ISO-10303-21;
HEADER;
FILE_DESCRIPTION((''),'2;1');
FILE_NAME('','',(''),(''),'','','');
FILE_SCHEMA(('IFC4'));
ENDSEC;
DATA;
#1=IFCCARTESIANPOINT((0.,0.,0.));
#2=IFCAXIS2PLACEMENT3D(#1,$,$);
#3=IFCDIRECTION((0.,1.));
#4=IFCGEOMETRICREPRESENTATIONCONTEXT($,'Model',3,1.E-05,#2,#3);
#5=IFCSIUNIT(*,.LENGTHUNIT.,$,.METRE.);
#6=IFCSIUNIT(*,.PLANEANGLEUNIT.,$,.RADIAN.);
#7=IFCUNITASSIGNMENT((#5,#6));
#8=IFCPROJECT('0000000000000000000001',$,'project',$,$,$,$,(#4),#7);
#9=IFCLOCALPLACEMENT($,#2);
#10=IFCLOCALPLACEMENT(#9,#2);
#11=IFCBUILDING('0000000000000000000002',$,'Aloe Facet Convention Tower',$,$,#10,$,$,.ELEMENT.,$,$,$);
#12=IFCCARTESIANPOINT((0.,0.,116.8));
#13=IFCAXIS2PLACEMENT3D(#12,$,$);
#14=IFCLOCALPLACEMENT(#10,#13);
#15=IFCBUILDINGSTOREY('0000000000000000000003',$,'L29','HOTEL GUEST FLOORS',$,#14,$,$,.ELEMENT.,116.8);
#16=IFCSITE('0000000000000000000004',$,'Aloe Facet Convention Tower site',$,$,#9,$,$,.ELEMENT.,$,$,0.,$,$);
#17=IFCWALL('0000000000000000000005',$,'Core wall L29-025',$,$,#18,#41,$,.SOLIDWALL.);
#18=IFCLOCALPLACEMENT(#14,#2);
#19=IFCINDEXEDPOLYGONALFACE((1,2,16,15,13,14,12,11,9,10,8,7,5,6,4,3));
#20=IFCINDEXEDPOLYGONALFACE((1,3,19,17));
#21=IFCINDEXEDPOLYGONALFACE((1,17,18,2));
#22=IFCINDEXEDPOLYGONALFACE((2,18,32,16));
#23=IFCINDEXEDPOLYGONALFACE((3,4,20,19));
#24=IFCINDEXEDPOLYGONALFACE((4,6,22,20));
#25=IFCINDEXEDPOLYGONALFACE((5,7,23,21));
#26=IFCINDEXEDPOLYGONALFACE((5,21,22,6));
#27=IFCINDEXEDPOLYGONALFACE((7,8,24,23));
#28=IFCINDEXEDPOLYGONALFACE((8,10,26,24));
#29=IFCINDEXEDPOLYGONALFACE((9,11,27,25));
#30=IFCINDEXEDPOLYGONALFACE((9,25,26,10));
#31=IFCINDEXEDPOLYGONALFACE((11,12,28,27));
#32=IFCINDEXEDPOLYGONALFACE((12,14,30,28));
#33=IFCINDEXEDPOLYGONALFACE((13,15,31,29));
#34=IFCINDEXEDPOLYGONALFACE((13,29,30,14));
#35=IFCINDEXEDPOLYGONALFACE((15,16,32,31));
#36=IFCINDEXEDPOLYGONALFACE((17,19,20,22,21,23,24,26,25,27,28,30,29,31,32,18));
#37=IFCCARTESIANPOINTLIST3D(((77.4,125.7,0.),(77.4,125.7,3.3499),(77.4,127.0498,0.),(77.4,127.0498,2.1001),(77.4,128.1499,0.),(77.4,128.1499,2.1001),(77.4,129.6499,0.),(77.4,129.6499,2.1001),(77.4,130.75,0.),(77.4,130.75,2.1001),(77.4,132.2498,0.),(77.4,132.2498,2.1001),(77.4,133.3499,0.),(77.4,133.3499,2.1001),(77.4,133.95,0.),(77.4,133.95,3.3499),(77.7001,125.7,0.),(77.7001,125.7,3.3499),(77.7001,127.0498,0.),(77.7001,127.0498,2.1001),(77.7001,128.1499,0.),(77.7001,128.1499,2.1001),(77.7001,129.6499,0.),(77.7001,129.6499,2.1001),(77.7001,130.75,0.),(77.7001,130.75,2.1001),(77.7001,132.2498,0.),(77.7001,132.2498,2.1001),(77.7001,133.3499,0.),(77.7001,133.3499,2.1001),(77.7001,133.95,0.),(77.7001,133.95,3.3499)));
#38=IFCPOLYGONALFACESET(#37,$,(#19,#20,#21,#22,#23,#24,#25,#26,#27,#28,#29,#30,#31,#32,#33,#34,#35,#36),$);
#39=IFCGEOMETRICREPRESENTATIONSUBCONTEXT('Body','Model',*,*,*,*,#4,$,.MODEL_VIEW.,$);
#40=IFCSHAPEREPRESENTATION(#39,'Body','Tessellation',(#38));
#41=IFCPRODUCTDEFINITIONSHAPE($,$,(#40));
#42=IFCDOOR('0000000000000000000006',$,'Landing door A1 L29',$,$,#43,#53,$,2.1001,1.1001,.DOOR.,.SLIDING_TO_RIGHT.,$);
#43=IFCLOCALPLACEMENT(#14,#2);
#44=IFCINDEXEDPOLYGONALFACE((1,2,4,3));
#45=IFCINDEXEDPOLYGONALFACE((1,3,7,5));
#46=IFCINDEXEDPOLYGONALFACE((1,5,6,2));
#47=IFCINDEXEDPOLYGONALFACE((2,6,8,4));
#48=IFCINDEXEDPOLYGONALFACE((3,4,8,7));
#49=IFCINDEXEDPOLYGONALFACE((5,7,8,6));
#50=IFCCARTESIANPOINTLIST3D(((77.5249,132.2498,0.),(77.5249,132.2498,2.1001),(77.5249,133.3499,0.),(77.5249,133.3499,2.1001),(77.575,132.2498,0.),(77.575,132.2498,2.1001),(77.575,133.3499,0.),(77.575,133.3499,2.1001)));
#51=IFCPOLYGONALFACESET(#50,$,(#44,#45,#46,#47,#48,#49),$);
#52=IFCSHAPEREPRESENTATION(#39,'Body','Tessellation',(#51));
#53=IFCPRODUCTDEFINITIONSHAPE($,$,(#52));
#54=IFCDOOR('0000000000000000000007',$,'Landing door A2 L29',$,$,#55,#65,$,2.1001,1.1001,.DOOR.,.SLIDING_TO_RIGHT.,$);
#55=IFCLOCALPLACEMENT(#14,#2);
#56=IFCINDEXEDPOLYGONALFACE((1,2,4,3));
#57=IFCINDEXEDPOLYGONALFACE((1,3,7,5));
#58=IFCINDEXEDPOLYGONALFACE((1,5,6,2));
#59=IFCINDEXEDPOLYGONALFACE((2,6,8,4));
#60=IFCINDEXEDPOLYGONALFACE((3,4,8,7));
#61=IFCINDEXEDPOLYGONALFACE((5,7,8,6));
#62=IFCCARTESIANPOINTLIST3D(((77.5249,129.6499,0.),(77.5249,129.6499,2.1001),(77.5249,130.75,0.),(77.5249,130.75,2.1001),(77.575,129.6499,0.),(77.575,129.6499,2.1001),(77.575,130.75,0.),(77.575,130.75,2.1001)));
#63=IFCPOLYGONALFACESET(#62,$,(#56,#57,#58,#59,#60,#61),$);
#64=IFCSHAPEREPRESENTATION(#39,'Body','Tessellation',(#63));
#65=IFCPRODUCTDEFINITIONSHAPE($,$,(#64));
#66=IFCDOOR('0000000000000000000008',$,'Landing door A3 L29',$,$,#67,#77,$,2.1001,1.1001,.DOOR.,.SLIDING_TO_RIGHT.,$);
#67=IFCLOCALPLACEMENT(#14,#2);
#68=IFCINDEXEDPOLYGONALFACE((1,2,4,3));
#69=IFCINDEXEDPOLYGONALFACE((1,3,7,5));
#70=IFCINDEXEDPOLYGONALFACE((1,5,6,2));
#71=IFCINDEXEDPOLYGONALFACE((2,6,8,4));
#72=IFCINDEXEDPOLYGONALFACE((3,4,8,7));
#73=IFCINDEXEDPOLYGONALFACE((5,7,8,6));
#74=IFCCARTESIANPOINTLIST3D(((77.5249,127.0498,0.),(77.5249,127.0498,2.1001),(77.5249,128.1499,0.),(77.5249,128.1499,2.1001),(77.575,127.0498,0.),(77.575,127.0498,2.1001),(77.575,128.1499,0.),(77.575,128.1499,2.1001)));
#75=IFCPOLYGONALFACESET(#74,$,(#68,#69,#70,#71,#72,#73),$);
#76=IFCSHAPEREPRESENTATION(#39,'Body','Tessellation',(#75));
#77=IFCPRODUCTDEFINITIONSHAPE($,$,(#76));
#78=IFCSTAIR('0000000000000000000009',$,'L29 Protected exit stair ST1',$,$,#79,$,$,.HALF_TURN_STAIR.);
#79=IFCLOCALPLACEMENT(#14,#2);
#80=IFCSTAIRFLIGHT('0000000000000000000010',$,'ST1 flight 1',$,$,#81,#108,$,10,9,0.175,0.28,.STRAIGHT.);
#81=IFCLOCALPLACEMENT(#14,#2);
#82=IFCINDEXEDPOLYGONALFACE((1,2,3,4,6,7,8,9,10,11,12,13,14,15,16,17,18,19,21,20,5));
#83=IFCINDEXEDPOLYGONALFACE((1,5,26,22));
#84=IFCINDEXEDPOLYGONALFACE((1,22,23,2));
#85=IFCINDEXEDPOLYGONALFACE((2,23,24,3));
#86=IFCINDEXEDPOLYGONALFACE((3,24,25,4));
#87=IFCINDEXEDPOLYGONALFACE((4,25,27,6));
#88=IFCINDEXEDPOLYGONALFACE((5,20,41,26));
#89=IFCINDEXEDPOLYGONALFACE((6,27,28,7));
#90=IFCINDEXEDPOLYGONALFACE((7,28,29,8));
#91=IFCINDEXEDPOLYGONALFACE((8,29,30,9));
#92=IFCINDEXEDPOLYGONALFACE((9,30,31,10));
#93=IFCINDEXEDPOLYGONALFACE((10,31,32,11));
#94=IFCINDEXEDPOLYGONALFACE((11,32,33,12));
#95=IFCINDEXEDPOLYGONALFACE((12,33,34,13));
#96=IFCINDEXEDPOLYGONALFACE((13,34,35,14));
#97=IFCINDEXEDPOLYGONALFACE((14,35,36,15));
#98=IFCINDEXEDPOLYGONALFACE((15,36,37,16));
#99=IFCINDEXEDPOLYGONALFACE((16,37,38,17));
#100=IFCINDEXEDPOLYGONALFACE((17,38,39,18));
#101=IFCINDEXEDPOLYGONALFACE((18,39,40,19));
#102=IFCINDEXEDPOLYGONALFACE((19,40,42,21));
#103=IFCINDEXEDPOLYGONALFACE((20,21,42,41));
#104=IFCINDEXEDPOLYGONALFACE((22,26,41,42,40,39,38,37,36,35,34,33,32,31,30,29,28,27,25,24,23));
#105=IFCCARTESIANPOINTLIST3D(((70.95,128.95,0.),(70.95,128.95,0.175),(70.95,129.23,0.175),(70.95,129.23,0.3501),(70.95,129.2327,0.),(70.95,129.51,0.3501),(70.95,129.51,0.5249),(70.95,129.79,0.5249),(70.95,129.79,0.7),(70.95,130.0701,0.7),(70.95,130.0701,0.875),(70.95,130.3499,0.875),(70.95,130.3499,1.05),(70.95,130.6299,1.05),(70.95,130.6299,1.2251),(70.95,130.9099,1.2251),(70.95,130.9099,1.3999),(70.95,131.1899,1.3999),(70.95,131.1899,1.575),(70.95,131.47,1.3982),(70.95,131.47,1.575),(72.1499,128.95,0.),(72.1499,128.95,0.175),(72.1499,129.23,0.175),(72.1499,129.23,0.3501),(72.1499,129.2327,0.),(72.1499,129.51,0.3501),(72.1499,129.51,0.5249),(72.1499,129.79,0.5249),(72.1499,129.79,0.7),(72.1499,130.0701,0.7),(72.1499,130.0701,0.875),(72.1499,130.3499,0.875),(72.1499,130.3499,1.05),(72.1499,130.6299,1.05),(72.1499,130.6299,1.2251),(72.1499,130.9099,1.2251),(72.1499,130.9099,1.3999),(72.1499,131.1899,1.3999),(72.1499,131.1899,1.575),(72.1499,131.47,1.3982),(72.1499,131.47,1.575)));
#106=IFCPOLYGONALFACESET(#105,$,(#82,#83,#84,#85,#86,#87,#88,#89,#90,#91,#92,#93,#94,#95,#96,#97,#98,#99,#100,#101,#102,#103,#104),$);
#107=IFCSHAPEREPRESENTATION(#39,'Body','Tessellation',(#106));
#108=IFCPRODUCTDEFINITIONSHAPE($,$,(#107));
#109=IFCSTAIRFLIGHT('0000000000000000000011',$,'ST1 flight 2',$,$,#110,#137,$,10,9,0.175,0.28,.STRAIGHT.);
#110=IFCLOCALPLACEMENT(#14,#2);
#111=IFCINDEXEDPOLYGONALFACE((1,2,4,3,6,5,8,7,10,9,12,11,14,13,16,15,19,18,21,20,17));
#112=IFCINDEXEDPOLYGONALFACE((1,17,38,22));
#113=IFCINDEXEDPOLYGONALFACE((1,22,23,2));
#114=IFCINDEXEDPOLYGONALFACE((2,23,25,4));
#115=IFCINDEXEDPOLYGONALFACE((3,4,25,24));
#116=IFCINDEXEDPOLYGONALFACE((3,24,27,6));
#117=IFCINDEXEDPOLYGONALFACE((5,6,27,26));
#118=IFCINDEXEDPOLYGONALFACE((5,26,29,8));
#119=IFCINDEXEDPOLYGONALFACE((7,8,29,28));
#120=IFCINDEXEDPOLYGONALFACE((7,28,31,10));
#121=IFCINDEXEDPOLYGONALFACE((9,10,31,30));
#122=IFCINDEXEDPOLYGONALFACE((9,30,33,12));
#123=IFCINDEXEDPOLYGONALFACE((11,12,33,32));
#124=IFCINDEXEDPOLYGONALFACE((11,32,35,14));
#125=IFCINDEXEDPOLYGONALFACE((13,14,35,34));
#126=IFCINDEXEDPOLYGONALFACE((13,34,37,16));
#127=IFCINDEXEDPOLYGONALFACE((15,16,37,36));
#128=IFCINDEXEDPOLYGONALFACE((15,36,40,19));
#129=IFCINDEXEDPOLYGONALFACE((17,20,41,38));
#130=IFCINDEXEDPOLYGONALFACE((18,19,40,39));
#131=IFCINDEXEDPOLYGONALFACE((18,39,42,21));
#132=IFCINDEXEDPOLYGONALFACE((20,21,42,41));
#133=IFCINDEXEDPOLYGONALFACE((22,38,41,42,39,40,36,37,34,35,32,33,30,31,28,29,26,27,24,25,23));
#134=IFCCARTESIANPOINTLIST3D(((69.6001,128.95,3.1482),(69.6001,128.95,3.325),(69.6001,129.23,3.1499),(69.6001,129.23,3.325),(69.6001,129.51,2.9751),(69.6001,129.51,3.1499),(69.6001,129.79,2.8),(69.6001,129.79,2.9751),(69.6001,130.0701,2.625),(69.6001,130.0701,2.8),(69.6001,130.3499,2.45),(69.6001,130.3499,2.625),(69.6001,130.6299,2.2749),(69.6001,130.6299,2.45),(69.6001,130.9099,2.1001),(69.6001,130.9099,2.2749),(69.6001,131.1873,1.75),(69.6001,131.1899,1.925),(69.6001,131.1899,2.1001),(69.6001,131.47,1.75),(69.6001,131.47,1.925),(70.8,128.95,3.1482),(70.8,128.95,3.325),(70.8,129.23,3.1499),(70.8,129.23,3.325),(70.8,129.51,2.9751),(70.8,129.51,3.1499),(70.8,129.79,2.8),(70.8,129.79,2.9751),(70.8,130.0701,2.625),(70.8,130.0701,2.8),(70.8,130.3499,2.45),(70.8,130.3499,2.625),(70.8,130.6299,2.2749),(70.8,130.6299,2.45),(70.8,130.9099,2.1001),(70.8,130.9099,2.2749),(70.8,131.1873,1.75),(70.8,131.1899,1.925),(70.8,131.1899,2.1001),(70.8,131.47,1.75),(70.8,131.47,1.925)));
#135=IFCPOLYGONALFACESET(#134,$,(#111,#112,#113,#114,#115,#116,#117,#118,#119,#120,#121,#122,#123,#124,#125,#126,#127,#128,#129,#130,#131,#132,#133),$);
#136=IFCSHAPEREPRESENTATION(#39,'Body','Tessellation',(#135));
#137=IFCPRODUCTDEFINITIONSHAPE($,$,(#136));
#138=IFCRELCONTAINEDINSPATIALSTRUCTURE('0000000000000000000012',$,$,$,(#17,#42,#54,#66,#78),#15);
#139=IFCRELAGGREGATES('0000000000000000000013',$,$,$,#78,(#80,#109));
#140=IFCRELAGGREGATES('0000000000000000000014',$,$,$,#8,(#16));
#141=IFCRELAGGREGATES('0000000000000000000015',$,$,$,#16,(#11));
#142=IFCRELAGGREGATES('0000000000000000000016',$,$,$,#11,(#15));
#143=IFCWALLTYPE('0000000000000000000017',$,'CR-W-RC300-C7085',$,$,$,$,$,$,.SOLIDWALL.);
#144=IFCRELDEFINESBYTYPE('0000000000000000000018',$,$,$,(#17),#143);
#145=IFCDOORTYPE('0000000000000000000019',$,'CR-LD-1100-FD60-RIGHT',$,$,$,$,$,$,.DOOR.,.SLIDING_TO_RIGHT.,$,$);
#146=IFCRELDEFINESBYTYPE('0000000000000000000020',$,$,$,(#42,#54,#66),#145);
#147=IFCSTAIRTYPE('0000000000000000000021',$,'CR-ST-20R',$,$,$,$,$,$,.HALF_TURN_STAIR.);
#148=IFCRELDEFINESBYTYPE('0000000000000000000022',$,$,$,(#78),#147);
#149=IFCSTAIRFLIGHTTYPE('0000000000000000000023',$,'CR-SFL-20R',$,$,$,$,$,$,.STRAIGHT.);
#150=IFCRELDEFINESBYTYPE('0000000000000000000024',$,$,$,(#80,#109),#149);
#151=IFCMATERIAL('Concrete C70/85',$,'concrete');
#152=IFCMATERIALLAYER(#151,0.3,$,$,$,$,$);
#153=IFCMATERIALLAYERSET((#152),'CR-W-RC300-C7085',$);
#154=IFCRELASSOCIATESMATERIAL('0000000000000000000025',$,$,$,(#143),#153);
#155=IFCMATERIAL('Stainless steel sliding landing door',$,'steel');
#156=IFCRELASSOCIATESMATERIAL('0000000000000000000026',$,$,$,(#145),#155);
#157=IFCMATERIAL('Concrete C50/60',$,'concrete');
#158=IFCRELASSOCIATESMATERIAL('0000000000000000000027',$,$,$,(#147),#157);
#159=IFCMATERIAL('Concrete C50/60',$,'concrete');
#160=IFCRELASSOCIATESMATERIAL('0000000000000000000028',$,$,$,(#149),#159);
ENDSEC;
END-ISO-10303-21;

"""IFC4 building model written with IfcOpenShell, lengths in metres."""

from ifc_helpers import new_model, si_unit, direction, frame, frame_2d, origin, place, context, subcontext, project, spatial, polyline, rectangle, outline, extrude, material, layer, layer_set, type_object, element, fill, aggregate, save


model = new_model("IFC4")

# Units and contexts
model_context = context("Model", 3, precision=1e-05, world=origin(), true_north=direction((0.0, 1.0)))
body_context = subcontext(model_context, "Body", "Model", "MODEL_VIEW")
ifc_project = project(units=[si_unit("LENGTHUNIT", "METRE"), si_unit("PLANEANGLEUNIT", "RADIAN")], contexts=[model_context])

# Site, building, storey
site_placement = place(None, origin())
site = spatial("IfcSite", under=ifc_project, at=site_placement, Name="Aloe Facet Convention Tower site", CompositionType="ELEMENT", RefElevation=0.0)
building_placement = place(site_placement, origin())
building = spatial("IfcBuilding", under=site, at=building_placement, Name="Aloe Facet Convention Tower", CompositionType="ELEMENT")
storey_placement = place(building_placement, frame((0.0, 0.0, 116.8)))
storey = spatial("IfcBuildingStorey", under=building, at=storey_placement, Name="L29", Description="HOTEL GUEST FLOORS", CompositionType="ELEMENT", Elevation=116.8)

# Shared definitions
ifc_material_1 = material(Name="Concrete C70/85", Category="concrete")
ifc_layer_1 = layer(ifc_material_1, 0.3)
ifc_layer_set_1 = layer_set([ifc_layer_1], Name="CR-W-RC300-C7085")
wall_type_1 = type_object("IfcWallType", Name="CR-W-RC300-C7085", PredefinedType="SOLIDWALL", material=ifc_layer_set_1)

# Wall, openings, doors
wall_1_placement = place(storey_placement, frame((77.55, 133.95, 0.0), z_axis=(0.0, 0.0, 1.0), x_axis=(0.0, -1.0, 0.0)))
wall_1 = element("IfcWall", 1, at=wall_1_placement, inside=storey, type_object=wall_type_1, Name="Core wall L29-025", PredefinedType="SOLIDWALL", context=body_context, shape_type="SweptSolid", body=[
    extrude(rectangle(XDim=8.25, YDim=0.3, at=frame_2d((4.125, 0.0))), origin(), (0.0, 0.0, 1.0), 3.3499),
])
opening_1_placement = place(wall_1_placement, frame((0.6001, 0.0, 0.0)))
opening_1 = element("IfcOpeningElement", 2, at=opening_1_placement, cuts=wall_1, PredefinedType="OPENING", context=body_context, shape_type="SweptSolid", body=[
    extrude(rectangle(XDim=1.1001, YDim=2.1001, at=frame_2d((0.55, 1.05))), frame((0.0, 0.1602, 0.0), z_axis=(0.0, -1.0, 0.0), x_axis=(1.0, 0.0, 0.0)), (0.0, 0.0, 1.0), 0.3201),
])
opening_2_placement = place(wall_1_placement, frame((3.2, 0.0, 0.0)))
opening_2 = element("IfcOpeningElement", 3, at=opening_2_placement, cuts=wall_1, PredefinedType="OPENING", context=body_context, shape_type="SweptSolid", body=[
    extrude(rectangle(XDim=1.1001, YDim=2.1001, at=frame_2d((0.55, 1.05))), frame((0.0, 0.1602, 0.0), z_axis=(0.0, -1.0, 0.0), x_axis=(1.0, 0.0, 0.0)), (0.0, 0.0, 1.0), 0.3201),
])
opening_3_placement = place(wall_1_placement, frame((5.8, 0.0, 0.0)))
opening_3 = element("IfcOpeningElement", 4, at=opening_3_placement, cuts=wall_1, PredefinedType="OPENING", context=body_context, shape_type="SweptSolid", body=[
    extrude(rectangle(XDim=1.1001, YDim=2.1001, at=frame_2d((0.55, 1.05))), frame((0.0, 0.1602, 0.0), z_axis=(0.0, -1.0, 0.0), x_axis=(1.0, 0.0, 0.0)), (0.0, 0.0, 1.0), 0.3201),
])
ifc_material_2 = material(Name="Stainless steel sliding landing door", Category="steel")
door_type_1 = type_object("IfcDoorType", Name="CR-LD-1100-FD60-RIGHT", OperationType="SLIDING_TO_RIGHT", PredefinedType="DOOR", material=ifc_material_2)
door_1_placement = place(opening_1_placement, origin())
door_1 = element("IfcDoor", 5, at=door_1_placement, inside=storey, type_object=door_type_1, Name="Landing door A1 L29", OperationType="SLIDING_TO_RIGHT", OverallHeight=2.1001, OverallWidth=1.1001, PredefinedType="DOOR", context=body_context, shape_type="SweptSolid", body=[
    extrude(rectangle(XDim=1.1001, YDim=2.1001, at=frame_2d((0.55, 1.05))), frame((0.0, 0.0249, 0.0), z_axis=(0.0, -1.0, 0.0), x_axis=(1.0, 0.0, 0.0)), (0.0, 0.0, 1.0), 0.05),
])
fill(opening_1, door_1)
door_2_placement = place(opening_2_placement, origin())
door_2 = element("IfcDoor", 6, at=door_2_placement, inside=storey, type_object=door_type_1, Name="Landing door A2 L29", OperationType="SLIDING_TO_RIGHT", OverallHeight=2.1001, OverallWidth=1.1001, PredefinedType="DOOR", context=body_context, shape_type="SweptSolid", body=[
    extrude(rectangle(XDim=1.1001, YDim=2.1001, at=frame_2d((0.55, 1.05))), frame((0.0, 0.0249, 0.0), z_axis=(0.0, -1.0, 0.0), x_axis=(1.0, 0.0, 0.0)), (0.0, 0.0, 1.0), 0.05),
])
fill(opening_2, door_2)
door_3_placement = place(opening_3_placement, origin())
door_3 = element("IfcDoor", 7, at=door_3_placement, inside=storey, type_object=door_type_1, Name="Landing door A3 L29", OperationType="SLIDING_TO_RIGHT", OverallHeight=2.1001, OverallWidth=1.1001, PredefinedType="DOOR", context=body_context, shape_type="SweptSolid", body=[
    extrude(rectangle(XDim=1.1001, YDim=2.1001, at=frame_2d((0.55, 1.05))), frame((0.0, 0.0249, 0.0), z_axis=(0.0, -1.0, 0.0), x_axis=(1.0, 0.0, 0.0)), (0.0, 0.0, 1.0), 0.05),
])
fill(opening_3, door_3)

# Stair, stair flights
ifc_material_3 = material(Name="Concrete C50/60", Category="concrete")
stair_type = type_object("IfcStairType", Name="CR-ST-20R", PredefinedType="HALF_TURN_STAIR", material=ifc_material_3)
stair_placement = place(storey_placement, origin())
stair = element("IfcStair", 8, at=stair_placement, inside=storey, type_object=stair_type, Name="L29 Protected exit stair ST1", PredefinedType="HALF_TURN_STAIR")
ifc_material_4 = material(Name="Concrete C50/60", Category="concrete")
stair_flight_type = type_object("IfcStairFlightType", Name="CR-SFL-20R", PredefinedType="STRAIGHT", material=ifc_material_4)
stair_flight_1_placement = place(storey_placement, frame((71.55, 128.95, 0.0), z_axis=(0.0, 0.0, 1.0), x_axis=(0.0, 1.0, 0.0)))
stair_flight_1 = element("IfcStairFlight", 9, at=stair_flight_1_placement, type_object=stair_flight_type, Name="ST1 flight 1", NumberOfRisers=10, NumberOfTreads=9, PredefinedType="STRAIGHT", RiserHeight=0.175, TreadLength=0.28, context=body_context, shape_type="SweptSolid", body=[
    extrude(outline(polyline([(0.0, 0.0), (0.0, 0.175), (0.28, 0.175), (0.28, 0.3501), (0.5601, 0.3501), (0.5601, 0.5249), (0.8401, 0.5249), (0.8401, 0.7), (1.1201, 0.7), (1.1201, 0.875), (1.3999, 0.875), (1.3999, 1.05), (1.6799, 1.05), (1.6799, 1.2251), (1.96, 1.2251), (1.96, 1.3999), (2.24, 1.3999), (2.24, 1.575), (2.52, 1.575), (2.52, 1.75), (2.52, 1.3982), (0.2827, 0.0), (0.0, 0.0)])), frame((0.0, 0.6001, 0.0), z_axis=(0.0, -1.0, 0.0), x_axis=(1.0, 0.0, 0.0)), (0.0, 0.0, 1.0), 1.2),
])
stair_flight_2_placement = place(storey_placement, frame((70.2, 131.47, 1.75), z_axis=(0.0, 0.0, 1.0), x_axis=(0.0, -1.0, 0.0)))
stair_flight_2 = element("IfcStairFlight", 10, at=stair_flight_2_placement, type_object=stair_flight_type, Name="ST1 flight 2", NumberOfRisers=10, NumberOfTreads=9, PredefinedType="STRAIGHT", RiserHeight=0.175, TreadLength=0.28, context=body_context, shape_type="SweptSolid", body=[
    extrude(outline(polyline([(0.0, 0.0), (0.0, 0.175), (0.28, 0.175), (0.28, 0.3501), (0.5601, 0.3501), (0.5601, 0.5249), (0.8401, 0.5249), (0.8401, 0.7), (1.1201, 0.7), (1.1201, 0.875), (1.3999, 0.875), (1.3999, 1.05), (1.6799, 1.05), (1.6799, 1.2251), (1.96, 1.2251), (1.96, 1.3999), (2.24, 1.3999), (2.24, 1.575), (2.52, 1.575), (2.52, 1.75), (2.52, 1.3982), (0.2827, 0.0), (0.0, 0.0)])), frame((0.0, 0.6001, 0.0), z_axis=(0.0, -1.0, 0.0), x_axis=(1.0, 0.0, 0.0)), (0.0, 0.0, 1.0), 1.2),
])
aggregate(stair, [stair_flight_1, stair_flight_2])

save(model, "model.ifc")
